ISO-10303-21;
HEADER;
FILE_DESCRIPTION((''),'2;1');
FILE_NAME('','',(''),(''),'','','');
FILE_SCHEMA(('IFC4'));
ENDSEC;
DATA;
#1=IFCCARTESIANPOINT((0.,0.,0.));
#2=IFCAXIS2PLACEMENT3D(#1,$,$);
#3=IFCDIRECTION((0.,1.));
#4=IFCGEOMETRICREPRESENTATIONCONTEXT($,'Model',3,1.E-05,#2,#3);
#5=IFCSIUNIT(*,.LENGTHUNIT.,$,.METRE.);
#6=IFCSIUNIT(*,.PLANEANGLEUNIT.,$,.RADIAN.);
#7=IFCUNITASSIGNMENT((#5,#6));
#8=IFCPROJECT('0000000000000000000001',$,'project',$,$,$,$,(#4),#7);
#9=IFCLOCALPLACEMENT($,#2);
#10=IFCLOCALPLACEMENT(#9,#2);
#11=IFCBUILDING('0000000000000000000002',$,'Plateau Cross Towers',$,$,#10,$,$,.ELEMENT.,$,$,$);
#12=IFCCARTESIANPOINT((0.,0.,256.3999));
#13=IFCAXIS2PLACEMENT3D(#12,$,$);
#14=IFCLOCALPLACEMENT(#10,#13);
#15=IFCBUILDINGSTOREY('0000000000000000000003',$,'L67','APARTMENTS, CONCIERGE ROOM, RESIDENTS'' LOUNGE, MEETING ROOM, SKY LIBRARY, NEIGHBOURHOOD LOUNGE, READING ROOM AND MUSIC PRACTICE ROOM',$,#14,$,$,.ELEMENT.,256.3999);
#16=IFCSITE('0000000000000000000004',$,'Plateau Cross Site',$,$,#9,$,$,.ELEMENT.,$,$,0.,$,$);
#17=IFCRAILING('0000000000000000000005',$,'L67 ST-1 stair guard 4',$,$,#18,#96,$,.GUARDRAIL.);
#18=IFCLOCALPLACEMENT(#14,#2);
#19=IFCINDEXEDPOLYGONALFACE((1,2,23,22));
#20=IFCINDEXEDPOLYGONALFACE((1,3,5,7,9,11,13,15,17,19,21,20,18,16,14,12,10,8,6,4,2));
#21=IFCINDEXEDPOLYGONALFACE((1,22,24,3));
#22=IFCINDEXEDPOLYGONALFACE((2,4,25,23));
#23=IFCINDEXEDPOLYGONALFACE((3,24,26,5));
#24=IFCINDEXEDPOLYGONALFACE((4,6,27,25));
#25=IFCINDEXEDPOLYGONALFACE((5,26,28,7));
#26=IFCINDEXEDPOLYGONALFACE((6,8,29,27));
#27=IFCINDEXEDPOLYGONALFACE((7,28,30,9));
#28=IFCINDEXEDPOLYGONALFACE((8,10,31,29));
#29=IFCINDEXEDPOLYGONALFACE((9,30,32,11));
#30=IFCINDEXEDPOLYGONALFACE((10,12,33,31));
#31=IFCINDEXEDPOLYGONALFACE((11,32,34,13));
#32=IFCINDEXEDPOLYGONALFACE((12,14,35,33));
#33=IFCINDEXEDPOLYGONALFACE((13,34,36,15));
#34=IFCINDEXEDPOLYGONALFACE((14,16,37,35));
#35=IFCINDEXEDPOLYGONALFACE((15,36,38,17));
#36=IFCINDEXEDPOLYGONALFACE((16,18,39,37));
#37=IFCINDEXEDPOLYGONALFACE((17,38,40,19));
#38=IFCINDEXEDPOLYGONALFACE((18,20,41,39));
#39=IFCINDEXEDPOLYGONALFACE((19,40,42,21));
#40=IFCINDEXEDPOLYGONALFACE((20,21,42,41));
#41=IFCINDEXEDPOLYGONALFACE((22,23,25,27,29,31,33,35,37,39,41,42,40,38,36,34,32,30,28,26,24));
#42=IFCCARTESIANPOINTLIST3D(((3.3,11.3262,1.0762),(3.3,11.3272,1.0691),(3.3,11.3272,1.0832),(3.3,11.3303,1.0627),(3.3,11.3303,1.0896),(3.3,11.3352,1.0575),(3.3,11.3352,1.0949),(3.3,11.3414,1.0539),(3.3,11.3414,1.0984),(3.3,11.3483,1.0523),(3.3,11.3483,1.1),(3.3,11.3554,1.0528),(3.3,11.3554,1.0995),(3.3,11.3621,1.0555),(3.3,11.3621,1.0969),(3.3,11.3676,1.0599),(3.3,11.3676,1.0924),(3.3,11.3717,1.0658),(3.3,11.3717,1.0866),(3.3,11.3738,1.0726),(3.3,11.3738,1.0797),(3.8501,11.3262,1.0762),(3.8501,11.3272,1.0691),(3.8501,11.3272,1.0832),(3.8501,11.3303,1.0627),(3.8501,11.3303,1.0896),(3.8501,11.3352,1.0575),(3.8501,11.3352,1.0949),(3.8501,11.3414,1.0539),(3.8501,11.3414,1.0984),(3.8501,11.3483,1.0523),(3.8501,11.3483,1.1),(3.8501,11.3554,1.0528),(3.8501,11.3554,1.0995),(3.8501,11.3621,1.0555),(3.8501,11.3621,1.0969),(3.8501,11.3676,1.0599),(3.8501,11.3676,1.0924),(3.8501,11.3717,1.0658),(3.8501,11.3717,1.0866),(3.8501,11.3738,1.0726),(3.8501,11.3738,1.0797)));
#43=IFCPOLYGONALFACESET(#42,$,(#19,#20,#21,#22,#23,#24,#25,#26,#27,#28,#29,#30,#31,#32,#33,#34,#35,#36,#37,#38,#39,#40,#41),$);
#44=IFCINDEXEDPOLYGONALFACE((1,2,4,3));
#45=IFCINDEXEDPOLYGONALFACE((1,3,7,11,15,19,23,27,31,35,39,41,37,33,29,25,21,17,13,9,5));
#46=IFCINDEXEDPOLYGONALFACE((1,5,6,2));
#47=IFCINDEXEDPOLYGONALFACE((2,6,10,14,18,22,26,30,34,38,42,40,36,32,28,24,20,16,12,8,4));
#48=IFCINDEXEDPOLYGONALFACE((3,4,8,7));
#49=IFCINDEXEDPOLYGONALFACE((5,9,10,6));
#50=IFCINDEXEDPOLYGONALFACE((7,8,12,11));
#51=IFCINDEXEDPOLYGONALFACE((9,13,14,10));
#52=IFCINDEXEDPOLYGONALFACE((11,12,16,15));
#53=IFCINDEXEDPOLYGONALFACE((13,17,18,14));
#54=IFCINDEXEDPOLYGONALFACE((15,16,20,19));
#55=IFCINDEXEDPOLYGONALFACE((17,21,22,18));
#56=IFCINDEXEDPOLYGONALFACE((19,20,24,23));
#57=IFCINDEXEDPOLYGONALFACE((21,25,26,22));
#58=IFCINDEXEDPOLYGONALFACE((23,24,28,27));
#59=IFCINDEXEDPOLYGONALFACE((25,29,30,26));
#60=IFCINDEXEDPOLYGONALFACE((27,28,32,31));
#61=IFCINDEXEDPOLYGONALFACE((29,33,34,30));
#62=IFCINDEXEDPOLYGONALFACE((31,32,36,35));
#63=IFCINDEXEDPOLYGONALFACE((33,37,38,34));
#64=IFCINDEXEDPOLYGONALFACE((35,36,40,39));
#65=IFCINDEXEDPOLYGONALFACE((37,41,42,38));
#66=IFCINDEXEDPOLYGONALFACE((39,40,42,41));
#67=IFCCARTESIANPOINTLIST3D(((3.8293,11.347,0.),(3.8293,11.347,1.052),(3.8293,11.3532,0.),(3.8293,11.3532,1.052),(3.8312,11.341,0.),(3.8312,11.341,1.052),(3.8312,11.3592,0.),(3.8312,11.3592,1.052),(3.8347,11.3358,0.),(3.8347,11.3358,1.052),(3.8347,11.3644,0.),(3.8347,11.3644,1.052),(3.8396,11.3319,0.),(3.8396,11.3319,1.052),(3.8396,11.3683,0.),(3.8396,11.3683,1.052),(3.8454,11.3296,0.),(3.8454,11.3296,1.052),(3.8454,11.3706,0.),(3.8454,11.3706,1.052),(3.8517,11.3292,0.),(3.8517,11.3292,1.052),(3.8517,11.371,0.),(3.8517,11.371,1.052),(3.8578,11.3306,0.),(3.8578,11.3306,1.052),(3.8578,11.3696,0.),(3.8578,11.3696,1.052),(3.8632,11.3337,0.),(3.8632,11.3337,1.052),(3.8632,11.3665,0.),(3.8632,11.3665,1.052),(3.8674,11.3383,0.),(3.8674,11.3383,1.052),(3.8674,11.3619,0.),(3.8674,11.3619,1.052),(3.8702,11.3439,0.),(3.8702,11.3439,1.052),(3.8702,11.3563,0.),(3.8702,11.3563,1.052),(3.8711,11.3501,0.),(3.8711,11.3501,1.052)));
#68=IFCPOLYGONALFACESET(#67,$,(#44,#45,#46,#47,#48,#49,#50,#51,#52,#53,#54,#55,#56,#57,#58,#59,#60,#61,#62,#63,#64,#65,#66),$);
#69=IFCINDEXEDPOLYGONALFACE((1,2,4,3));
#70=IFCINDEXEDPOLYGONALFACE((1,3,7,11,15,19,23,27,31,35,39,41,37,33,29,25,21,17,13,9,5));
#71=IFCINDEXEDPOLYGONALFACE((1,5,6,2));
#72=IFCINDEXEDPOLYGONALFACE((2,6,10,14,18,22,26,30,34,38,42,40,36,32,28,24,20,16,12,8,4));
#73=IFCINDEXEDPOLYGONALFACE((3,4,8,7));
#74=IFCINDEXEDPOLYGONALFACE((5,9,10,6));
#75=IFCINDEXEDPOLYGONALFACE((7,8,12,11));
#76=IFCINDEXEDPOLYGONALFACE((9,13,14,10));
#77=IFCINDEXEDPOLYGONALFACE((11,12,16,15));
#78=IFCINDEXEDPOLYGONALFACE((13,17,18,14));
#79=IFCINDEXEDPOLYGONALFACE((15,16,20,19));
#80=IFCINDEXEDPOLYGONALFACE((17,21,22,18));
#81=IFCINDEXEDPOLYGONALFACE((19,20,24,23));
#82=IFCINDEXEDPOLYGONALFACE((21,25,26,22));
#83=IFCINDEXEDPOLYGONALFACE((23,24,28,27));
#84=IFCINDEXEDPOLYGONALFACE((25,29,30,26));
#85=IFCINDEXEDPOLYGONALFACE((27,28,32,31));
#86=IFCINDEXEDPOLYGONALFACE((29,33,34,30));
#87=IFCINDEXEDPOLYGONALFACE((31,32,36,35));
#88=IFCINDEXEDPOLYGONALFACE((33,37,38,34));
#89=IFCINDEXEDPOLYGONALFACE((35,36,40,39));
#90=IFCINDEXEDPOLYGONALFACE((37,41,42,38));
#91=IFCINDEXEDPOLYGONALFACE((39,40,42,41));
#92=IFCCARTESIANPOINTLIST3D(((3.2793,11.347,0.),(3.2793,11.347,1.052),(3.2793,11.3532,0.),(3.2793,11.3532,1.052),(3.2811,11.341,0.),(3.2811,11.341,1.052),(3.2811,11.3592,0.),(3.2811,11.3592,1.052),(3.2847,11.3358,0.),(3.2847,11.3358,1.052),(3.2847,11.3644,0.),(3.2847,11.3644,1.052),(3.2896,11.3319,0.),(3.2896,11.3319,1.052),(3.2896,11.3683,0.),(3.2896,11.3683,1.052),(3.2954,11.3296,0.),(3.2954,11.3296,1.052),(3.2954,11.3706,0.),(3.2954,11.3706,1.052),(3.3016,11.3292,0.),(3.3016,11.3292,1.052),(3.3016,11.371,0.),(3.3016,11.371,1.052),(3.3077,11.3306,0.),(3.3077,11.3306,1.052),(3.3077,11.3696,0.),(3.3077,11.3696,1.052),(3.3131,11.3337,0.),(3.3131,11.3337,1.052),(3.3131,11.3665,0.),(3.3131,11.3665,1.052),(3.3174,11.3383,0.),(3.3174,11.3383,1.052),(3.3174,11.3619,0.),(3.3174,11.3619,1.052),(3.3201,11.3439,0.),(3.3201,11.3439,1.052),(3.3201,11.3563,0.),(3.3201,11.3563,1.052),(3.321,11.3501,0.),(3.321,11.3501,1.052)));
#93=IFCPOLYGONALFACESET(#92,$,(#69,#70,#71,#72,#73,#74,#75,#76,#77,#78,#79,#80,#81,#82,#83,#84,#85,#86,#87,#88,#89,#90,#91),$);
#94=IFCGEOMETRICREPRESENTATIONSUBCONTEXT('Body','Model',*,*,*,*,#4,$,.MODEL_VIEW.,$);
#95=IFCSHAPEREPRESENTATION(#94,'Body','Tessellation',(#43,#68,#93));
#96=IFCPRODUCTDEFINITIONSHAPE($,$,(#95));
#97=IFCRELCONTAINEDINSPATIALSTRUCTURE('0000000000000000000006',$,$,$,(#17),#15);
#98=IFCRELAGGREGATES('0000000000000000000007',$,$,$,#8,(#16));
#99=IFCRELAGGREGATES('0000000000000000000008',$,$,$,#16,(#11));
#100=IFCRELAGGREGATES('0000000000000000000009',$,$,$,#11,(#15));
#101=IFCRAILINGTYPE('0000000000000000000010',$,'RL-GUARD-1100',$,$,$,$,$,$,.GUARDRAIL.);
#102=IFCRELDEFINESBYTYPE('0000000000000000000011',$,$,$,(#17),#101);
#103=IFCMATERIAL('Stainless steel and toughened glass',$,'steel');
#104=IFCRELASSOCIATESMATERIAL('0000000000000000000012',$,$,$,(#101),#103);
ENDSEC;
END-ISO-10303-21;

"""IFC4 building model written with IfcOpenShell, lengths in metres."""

from ifc_helpers import new_model, si_unit, direction, frame, origin, origin_2d, place, context, subcontext, project, spatial, circle, extrude, material, type_object, element, save


model = new_model("IFC4")

# Units and contexts
model_context = context("Model", 3, precision=1e-05, world=origin(), true_north=direction((0.0, 1.0)))
body_context = subcontext(model_context, "Body", "Model", "MODEL_VIEW")
ifc_project = project(units=[si_unit("LENGTHUNIT", "METRE"), si_unit("PLANEANGLEUNIT", "RADIAN")], contexts=[model_context])

# Site, building, storey
site_placement = place(None, origin())
site = spatial("IfcSite", under=ifc_project, at=site_placement, Name="Plateau Cross Site", CompositionType="ELEMENT", RefElevation=0.0)
building_placement = place(site_placement, origin())
building = spatial("IfcBuilding", under=site, at=building_placement, Name="Plateau Cross Towers", CompositionType="ELEMENT")
storey_placement = place(building_placement, frame((0.0, 0.0, 256.3999)))
storey = spatial("IfcBuildingStorey", under=building, at=storey_placement, Name="L67", Description="APARTMENTS, CONCIERGE ROOM, RESIDENTS' LOUNGE, MEETING ROOM, SKY LIBRARY, NEIGHBOURHOOD LOUNGE, READING ROOM AND MUSIC PRACTICE ROOM", CompositionType="ELEMENT", Elevation=256.3999)

# Railing
ifc_material_1 = material(Name="Stainless steel and toughened glass", Category="steel")
railing_type_1 = type_object("IfcRailingType", Name="RL-GUARD-1100", PredefinedType="GUARDRAIL", material=ifc_material_1)
railing_1_placement = place(storey_placement, frame((3.8501, 11.3501, 0.0)))
element("IfcRailing", 1, at=railing_1_placement, inside=storey, type_object=railing_type_1, Name="L67 ST-1 stair guard 4", PredefinedType="GUARDRAIL", context=body_context, shape_type="SweptSolid", body=[
    extrude(circle(Radius=0.0239, at=origin_2d()), frame((0.0, 0.0, 1.0762), z_axis=(-1.0, 0.0, 0.0), x_axis=(0.0, -1.0, 0.0)), (0.0, 0.0, 1.0), 0.55),
    extrude(circle(Radius=0.021, at=origin_2d()), origin(), (0.0, 0.0, 1.0), 1.052),
    extrude(circle(Radius=0.021, at=origin_2d()), frame((-0.55, 0.0, 0.0)), (0.0, 0.0, 1.0), 1.052),
])

save(model, "model.ifc")
